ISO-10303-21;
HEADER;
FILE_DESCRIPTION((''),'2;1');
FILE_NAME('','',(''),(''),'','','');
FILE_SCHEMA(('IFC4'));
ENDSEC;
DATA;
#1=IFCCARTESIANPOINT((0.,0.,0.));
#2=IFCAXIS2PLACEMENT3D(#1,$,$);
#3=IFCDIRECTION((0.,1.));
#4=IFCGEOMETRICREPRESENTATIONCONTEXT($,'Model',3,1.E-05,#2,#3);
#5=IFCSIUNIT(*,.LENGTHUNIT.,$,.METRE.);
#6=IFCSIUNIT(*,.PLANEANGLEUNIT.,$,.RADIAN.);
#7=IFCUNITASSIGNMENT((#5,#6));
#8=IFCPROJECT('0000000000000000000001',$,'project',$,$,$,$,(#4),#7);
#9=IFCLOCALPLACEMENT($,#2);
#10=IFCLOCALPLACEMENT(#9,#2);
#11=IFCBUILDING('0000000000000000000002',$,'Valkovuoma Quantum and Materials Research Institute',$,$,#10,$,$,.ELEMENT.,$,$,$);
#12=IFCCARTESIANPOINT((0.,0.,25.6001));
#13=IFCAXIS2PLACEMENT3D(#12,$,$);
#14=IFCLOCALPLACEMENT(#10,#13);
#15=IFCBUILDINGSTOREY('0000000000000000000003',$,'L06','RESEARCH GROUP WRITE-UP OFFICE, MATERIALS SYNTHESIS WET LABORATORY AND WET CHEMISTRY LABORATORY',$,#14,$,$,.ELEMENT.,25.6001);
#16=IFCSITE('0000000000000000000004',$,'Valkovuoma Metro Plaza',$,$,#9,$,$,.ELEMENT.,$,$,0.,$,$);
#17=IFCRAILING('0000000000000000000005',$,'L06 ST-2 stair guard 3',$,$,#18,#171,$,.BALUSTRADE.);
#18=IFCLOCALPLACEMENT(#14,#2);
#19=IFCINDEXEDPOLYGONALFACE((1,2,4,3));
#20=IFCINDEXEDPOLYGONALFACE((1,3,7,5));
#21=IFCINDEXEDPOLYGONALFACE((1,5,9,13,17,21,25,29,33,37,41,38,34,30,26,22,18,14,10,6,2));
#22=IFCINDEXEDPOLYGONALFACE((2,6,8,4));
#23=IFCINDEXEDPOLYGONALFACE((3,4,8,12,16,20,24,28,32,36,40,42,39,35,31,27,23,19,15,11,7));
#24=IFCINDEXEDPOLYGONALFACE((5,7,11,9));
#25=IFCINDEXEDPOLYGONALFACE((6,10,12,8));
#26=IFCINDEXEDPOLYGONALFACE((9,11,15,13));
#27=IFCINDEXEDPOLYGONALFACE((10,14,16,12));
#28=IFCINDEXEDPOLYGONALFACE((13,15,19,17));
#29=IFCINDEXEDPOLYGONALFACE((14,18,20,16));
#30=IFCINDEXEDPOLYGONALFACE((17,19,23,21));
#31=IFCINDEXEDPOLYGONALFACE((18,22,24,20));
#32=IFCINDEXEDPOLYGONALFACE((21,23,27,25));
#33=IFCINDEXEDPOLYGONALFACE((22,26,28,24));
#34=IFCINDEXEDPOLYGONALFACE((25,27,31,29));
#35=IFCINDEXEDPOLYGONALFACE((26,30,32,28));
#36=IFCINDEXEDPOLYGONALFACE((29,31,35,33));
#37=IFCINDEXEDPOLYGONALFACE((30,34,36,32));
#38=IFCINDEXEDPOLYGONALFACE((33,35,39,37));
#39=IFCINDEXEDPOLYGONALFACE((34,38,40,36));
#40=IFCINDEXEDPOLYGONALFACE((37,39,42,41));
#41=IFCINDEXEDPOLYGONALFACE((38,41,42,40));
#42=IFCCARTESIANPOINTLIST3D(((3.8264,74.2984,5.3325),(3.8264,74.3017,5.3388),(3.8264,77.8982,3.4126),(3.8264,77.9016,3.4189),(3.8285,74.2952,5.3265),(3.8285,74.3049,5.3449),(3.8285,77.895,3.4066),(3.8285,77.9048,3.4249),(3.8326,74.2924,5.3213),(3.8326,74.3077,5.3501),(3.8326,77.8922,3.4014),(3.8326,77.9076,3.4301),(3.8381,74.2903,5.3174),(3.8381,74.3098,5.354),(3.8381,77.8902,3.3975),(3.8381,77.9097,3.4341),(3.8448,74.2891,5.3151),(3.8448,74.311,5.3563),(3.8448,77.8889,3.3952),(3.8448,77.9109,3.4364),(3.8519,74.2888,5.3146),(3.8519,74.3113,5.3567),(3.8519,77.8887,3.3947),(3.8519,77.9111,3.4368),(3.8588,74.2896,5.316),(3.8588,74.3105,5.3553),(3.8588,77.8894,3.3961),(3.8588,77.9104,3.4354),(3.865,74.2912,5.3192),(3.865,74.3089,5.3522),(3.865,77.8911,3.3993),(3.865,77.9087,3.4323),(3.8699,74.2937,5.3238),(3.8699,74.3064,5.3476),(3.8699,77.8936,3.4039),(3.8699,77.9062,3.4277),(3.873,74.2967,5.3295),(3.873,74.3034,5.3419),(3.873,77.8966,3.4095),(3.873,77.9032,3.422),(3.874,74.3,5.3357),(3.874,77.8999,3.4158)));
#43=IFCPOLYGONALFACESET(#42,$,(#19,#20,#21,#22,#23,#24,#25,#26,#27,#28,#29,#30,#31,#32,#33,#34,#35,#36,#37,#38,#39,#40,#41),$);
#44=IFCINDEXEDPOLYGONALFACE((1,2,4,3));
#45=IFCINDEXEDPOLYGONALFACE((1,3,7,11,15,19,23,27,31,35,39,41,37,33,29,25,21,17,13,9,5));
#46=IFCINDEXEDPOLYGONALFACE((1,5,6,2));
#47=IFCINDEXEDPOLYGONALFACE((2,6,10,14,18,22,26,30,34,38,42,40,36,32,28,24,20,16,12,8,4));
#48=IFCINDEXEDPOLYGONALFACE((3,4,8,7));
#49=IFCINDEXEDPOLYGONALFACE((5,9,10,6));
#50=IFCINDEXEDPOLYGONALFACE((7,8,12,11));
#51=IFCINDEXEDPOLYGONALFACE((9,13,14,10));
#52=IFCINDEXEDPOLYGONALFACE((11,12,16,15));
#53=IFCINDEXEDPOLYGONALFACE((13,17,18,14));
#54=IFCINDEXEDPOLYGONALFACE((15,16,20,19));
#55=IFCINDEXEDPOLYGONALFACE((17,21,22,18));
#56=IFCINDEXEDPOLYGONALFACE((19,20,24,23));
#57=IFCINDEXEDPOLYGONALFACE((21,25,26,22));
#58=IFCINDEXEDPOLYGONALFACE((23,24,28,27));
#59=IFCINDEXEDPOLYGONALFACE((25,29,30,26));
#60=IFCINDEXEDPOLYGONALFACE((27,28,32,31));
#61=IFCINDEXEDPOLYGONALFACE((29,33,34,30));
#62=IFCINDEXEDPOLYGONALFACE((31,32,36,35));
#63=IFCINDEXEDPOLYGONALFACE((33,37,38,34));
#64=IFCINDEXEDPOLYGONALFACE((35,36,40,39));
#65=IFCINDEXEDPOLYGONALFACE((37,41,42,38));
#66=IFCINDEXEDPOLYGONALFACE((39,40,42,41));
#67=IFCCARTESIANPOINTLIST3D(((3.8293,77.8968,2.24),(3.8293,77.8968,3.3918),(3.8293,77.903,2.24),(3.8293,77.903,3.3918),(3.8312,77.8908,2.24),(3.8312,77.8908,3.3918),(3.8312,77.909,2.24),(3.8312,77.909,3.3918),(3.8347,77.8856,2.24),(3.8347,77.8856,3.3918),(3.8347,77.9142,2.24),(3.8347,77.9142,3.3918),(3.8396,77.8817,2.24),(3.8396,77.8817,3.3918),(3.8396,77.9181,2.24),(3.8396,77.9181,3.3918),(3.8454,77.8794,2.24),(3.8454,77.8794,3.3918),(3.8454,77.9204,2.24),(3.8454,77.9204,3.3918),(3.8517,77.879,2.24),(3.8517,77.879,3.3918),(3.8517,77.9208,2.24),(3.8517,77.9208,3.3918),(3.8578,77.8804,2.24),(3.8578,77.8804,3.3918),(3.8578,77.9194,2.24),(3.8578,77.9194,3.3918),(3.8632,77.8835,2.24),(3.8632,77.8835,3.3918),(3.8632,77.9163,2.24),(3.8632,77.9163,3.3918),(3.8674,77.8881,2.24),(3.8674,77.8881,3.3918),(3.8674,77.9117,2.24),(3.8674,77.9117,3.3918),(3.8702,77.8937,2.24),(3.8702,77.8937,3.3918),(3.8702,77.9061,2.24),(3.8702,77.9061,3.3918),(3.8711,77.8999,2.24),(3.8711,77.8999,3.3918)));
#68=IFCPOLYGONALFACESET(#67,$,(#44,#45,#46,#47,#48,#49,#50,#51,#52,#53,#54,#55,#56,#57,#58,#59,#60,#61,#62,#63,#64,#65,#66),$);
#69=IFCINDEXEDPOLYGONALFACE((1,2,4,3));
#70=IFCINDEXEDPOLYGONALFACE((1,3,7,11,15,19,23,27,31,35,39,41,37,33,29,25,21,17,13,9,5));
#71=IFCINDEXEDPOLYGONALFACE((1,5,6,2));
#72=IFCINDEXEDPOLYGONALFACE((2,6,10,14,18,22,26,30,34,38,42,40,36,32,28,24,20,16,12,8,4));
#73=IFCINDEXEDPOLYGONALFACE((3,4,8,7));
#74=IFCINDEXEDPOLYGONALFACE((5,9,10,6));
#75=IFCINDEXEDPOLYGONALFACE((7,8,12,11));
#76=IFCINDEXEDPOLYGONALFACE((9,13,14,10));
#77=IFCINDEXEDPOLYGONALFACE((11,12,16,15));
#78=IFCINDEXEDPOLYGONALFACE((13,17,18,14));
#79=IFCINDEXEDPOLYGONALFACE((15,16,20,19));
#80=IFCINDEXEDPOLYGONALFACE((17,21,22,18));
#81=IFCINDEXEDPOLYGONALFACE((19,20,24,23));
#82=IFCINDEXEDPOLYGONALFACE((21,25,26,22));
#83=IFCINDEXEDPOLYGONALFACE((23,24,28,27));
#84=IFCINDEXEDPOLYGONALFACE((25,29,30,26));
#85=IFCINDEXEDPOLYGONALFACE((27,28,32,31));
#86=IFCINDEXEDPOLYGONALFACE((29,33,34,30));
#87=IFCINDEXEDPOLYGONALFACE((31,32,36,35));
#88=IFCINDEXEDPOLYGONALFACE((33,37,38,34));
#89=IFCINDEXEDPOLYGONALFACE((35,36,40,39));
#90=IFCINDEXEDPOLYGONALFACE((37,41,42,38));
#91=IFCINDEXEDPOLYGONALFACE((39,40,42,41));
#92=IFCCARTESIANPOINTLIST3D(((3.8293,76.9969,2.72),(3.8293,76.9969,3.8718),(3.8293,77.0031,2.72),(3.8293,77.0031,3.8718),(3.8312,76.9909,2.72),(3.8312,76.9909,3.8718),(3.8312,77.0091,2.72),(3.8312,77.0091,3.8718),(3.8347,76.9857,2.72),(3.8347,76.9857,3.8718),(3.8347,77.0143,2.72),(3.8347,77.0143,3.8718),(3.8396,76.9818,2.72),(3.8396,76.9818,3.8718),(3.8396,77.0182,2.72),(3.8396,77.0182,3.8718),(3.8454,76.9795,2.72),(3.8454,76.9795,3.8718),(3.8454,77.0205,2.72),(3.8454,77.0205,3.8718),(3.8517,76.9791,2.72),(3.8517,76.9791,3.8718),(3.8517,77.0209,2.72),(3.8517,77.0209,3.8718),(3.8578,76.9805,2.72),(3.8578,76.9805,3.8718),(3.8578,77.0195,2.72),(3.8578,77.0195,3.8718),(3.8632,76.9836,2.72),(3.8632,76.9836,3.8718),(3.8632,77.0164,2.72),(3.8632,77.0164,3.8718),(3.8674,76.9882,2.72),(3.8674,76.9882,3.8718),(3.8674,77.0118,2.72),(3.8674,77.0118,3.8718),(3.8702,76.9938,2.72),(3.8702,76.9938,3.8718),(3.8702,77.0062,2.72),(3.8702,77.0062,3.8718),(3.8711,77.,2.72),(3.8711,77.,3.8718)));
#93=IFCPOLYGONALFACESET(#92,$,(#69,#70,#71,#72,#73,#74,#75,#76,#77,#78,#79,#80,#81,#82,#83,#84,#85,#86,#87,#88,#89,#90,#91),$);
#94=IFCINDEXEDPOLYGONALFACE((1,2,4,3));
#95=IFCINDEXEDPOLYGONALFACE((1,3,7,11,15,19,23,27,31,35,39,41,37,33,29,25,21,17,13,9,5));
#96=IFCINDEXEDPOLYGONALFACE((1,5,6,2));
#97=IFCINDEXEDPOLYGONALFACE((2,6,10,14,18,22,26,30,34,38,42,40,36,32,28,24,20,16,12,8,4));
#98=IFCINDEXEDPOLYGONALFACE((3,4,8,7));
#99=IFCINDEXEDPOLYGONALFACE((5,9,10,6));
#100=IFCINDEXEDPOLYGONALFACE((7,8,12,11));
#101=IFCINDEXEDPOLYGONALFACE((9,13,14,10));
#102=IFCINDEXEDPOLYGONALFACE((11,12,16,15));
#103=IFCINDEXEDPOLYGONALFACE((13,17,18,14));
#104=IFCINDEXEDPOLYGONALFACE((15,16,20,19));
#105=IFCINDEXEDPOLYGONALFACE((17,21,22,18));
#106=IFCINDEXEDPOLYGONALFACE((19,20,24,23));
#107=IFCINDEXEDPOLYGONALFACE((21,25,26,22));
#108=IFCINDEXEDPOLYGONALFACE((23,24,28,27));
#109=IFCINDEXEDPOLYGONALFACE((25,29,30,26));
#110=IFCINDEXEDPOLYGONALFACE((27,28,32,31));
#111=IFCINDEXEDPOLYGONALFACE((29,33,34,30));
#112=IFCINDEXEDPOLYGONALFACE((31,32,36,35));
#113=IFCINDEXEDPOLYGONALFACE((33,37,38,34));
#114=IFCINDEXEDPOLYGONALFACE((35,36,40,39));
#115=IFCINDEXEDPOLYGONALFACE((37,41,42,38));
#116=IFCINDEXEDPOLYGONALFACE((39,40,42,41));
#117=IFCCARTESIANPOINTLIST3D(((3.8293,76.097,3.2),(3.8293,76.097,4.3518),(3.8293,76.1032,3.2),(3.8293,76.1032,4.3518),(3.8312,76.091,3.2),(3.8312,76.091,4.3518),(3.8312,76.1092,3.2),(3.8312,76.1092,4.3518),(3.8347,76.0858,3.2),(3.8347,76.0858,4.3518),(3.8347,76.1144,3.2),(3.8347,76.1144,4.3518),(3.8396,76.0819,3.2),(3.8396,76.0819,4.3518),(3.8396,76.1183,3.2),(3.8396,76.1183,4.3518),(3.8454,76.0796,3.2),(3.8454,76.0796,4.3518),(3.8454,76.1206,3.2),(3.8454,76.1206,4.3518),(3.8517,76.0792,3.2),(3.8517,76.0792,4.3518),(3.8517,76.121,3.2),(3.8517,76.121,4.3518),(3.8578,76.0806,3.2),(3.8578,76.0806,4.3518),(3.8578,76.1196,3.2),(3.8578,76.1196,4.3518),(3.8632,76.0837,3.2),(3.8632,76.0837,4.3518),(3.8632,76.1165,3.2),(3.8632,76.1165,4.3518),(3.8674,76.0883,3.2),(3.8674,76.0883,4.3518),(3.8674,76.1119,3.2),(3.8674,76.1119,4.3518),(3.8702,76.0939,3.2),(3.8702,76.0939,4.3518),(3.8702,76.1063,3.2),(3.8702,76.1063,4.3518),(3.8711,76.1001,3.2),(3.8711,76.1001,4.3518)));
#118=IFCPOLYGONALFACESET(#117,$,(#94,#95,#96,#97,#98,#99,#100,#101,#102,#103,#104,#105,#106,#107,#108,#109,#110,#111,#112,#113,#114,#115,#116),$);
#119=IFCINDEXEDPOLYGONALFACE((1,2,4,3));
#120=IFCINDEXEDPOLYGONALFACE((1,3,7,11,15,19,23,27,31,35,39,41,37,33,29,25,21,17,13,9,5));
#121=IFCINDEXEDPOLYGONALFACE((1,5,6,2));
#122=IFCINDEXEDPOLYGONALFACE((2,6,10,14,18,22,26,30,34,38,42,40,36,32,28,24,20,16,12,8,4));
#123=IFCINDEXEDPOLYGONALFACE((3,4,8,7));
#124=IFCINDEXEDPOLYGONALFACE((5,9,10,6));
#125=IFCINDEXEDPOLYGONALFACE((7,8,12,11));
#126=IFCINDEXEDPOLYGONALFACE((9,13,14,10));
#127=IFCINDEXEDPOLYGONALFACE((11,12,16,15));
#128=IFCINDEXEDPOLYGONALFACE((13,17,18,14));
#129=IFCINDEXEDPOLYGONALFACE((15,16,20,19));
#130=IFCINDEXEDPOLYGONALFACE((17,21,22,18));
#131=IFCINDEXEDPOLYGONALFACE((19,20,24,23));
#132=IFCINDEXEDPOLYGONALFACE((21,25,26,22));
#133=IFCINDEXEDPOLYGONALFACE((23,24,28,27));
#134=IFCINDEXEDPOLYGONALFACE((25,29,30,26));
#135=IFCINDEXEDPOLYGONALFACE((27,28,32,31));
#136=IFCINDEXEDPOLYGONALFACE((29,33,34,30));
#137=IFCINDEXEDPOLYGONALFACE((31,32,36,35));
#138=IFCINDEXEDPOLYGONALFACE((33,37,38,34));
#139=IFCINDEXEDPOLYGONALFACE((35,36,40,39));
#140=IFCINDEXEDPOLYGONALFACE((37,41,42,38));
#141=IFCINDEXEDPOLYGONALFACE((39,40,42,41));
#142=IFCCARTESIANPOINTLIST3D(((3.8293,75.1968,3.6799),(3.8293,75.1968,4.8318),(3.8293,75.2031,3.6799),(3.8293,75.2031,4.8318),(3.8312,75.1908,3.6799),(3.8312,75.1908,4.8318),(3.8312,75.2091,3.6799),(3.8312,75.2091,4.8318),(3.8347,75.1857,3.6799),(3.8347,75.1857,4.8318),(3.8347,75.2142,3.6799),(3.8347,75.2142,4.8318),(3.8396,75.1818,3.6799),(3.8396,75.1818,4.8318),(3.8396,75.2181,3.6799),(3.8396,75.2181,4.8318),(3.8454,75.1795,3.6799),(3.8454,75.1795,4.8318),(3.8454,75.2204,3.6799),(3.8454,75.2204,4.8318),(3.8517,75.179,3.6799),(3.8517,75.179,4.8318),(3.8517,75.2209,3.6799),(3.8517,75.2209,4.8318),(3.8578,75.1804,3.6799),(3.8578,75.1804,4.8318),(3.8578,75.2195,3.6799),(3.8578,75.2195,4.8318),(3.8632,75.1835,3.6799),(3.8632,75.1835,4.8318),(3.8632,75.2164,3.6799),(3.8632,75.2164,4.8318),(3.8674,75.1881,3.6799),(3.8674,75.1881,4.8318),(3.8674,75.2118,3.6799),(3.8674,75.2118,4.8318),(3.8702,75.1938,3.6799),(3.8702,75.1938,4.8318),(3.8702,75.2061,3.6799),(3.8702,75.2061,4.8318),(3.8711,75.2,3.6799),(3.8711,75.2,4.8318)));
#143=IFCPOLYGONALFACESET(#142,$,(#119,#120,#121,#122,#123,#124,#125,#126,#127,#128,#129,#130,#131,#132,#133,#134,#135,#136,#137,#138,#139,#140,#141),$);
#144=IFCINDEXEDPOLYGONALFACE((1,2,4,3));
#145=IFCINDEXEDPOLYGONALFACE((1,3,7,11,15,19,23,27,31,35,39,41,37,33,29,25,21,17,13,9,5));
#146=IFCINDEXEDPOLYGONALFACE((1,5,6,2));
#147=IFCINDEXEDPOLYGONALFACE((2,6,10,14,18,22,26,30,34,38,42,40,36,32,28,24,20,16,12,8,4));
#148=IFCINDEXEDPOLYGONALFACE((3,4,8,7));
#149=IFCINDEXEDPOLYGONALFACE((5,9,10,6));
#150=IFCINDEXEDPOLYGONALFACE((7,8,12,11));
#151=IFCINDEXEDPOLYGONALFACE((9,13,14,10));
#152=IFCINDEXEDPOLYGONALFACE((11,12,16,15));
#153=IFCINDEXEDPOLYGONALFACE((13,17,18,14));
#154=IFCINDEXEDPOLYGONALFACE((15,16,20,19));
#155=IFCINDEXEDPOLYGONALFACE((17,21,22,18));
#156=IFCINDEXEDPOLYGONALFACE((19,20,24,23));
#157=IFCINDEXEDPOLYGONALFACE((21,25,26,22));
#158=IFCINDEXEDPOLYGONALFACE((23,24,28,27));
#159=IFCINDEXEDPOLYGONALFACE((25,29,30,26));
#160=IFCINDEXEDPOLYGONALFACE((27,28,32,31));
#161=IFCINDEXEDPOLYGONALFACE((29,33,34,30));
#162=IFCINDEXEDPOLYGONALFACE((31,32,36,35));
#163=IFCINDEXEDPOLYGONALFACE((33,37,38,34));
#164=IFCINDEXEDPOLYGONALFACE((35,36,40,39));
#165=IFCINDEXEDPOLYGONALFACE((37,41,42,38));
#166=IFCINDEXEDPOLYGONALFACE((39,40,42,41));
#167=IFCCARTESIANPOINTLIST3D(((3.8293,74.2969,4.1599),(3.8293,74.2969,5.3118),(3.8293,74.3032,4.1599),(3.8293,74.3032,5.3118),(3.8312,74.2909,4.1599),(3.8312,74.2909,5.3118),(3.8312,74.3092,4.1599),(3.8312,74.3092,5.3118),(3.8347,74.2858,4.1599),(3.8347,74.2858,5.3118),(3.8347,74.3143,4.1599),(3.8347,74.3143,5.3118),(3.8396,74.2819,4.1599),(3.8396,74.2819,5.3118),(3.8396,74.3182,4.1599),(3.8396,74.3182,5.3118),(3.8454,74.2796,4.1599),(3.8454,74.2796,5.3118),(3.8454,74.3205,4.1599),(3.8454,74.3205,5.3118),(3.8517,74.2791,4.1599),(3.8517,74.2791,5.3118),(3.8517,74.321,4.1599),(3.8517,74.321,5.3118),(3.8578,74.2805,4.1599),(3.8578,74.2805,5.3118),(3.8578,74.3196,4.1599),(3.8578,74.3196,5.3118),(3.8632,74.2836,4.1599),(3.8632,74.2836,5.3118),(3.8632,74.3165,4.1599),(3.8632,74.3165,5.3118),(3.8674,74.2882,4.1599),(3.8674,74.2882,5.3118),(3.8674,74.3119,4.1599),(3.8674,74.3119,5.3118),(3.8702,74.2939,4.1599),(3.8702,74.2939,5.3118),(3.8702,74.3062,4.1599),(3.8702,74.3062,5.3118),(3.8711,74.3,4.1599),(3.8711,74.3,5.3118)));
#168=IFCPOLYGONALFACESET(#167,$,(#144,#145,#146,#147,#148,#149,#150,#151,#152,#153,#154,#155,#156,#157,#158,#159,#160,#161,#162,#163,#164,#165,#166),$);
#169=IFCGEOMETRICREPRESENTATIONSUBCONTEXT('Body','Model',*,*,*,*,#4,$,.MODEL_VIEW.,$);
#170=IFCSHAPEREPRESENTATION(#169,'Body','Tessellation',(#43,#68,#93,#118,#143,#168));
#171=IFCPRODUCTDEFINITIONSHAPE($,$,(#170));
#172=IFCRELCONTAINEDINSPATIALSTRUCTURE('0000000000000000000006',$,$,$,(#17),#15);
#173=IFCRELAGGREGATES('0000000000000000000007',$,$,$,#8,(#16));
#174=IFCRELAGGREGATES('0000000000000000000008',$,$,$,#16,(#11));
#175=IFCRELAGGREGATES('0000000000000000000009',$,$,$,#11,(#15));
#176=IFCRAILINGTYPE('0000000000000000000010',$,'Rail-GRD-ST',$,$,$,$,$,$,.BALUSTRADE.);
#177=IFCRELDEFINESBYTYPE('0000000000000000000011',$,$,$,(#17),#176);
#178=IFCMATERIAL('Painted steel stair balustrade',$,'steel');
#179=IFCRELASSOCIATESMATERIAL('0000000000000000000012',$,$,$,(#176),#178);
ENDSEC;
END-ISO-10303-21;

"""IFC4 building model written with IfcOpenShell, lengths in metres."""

from ifc_helpers import new_model, si_unit, direction, frame, origin, origin_2d, place, context, subcontext, project, spatial, circle, extrude, material, type_object, element, save


model = new_model("IFC4")

# Units and contexts
model_context = context("Model", 3, precision=1e-05, world=origin(), true_north=direction((0.0, 1.0)))
body_context = subcontext(model_context, "Body", "Model", "MODEL_VIEW")
ifc_project = project(units=[si_unit("LENGTHUNIT", "METRE"), si_unit("PLANEANGLEUNIT", "RADIAN")], contexts=[model_context])

# Site, building, storey
site_placement = place(None, origin())
site = spatial("IfcSite", under=ifc_project, at=site_placement, Name="Valkovuoma Metro Plaza", CompositionType="ELEMENT", RefElevation=0.0)
building_placement = place(site_placement, origin())
building = spatial("IfcBuilding", under=site, at=building_placement, Name="Valkovuoma Quantum and Materials Research Institute", CompositionType="ELEMENT")
storey_placement = place(building_placement, frame((0.0, 0.0, 25.6001)))
storey = spatial("IfcBuildingStorey", under=building, at=storey_placement, Name="L06", Description="RESEARCH GROUP WRITE-UP OFFICE, MATERIALS SYNTHESIS WET LABORATORY AND WET CHEMISTRY LABORATORY", CompositionType="ELEMENT", Elevation=25.6001)

# Railing
ifc_material_1 = material(Name="Painted steel stair balustrade", Category="steel")
railing_type_1 = type_object("IfcRailingType", Name="Rail-GRD-ST", PredefinedType="BALUSTRADE", material=ifc_material_1)
railing_1_placement = place(storey_placement, frame((3.8501, 77.8999, 2.24)))
element("IfcRailing", 1, at=railing_1_placement, inside=storey, type_object=railing_type_1, Name="L06 ST-2 stair guard 3", PredefinedType="BALUSTRADE", context=body_context, shape_type="SweptSolid", body=[
    extrude(circle(Radius=0.0239, at=origin_2d()), frame((0.0, 0.0, 1.1758), z_axis=(0.0, -0.882353, 0.470588), x_axis=(1.0, 0.0, 0.0)), (0.0, 0.0, 1.0), 4.0798),
    extrude(circle(Radius=0.021, at=origin_2d()), origin(), (0.0, 0.0, 1.0), 1.1519),
    extrude(circle(Radius=0.021, at=origin_2d()), frame((0.0, -0.8999, 0.48)), (0.0, 0.0, 1.0), 1.1519),
    extrude(circle(Radius=0.021, at=origin_2d()), frame((0.0, -1.7998, 0.96)), (0.0, 0.0, 1.0), 1.1519),
    extrude(circle(Radius=0.021, at=origin_2d()), frame((0.0, -2.7, 1.4399)), (0.0, 0.0, 1.0), 1.1519),
    extrude(circle(Radius=0.021, at=origin_2d()), frame((0.0, -3.5999, 1.9199)), (0.0, 0.0, 1.0), 1.1519),
])

save(model, "model.ifc")
